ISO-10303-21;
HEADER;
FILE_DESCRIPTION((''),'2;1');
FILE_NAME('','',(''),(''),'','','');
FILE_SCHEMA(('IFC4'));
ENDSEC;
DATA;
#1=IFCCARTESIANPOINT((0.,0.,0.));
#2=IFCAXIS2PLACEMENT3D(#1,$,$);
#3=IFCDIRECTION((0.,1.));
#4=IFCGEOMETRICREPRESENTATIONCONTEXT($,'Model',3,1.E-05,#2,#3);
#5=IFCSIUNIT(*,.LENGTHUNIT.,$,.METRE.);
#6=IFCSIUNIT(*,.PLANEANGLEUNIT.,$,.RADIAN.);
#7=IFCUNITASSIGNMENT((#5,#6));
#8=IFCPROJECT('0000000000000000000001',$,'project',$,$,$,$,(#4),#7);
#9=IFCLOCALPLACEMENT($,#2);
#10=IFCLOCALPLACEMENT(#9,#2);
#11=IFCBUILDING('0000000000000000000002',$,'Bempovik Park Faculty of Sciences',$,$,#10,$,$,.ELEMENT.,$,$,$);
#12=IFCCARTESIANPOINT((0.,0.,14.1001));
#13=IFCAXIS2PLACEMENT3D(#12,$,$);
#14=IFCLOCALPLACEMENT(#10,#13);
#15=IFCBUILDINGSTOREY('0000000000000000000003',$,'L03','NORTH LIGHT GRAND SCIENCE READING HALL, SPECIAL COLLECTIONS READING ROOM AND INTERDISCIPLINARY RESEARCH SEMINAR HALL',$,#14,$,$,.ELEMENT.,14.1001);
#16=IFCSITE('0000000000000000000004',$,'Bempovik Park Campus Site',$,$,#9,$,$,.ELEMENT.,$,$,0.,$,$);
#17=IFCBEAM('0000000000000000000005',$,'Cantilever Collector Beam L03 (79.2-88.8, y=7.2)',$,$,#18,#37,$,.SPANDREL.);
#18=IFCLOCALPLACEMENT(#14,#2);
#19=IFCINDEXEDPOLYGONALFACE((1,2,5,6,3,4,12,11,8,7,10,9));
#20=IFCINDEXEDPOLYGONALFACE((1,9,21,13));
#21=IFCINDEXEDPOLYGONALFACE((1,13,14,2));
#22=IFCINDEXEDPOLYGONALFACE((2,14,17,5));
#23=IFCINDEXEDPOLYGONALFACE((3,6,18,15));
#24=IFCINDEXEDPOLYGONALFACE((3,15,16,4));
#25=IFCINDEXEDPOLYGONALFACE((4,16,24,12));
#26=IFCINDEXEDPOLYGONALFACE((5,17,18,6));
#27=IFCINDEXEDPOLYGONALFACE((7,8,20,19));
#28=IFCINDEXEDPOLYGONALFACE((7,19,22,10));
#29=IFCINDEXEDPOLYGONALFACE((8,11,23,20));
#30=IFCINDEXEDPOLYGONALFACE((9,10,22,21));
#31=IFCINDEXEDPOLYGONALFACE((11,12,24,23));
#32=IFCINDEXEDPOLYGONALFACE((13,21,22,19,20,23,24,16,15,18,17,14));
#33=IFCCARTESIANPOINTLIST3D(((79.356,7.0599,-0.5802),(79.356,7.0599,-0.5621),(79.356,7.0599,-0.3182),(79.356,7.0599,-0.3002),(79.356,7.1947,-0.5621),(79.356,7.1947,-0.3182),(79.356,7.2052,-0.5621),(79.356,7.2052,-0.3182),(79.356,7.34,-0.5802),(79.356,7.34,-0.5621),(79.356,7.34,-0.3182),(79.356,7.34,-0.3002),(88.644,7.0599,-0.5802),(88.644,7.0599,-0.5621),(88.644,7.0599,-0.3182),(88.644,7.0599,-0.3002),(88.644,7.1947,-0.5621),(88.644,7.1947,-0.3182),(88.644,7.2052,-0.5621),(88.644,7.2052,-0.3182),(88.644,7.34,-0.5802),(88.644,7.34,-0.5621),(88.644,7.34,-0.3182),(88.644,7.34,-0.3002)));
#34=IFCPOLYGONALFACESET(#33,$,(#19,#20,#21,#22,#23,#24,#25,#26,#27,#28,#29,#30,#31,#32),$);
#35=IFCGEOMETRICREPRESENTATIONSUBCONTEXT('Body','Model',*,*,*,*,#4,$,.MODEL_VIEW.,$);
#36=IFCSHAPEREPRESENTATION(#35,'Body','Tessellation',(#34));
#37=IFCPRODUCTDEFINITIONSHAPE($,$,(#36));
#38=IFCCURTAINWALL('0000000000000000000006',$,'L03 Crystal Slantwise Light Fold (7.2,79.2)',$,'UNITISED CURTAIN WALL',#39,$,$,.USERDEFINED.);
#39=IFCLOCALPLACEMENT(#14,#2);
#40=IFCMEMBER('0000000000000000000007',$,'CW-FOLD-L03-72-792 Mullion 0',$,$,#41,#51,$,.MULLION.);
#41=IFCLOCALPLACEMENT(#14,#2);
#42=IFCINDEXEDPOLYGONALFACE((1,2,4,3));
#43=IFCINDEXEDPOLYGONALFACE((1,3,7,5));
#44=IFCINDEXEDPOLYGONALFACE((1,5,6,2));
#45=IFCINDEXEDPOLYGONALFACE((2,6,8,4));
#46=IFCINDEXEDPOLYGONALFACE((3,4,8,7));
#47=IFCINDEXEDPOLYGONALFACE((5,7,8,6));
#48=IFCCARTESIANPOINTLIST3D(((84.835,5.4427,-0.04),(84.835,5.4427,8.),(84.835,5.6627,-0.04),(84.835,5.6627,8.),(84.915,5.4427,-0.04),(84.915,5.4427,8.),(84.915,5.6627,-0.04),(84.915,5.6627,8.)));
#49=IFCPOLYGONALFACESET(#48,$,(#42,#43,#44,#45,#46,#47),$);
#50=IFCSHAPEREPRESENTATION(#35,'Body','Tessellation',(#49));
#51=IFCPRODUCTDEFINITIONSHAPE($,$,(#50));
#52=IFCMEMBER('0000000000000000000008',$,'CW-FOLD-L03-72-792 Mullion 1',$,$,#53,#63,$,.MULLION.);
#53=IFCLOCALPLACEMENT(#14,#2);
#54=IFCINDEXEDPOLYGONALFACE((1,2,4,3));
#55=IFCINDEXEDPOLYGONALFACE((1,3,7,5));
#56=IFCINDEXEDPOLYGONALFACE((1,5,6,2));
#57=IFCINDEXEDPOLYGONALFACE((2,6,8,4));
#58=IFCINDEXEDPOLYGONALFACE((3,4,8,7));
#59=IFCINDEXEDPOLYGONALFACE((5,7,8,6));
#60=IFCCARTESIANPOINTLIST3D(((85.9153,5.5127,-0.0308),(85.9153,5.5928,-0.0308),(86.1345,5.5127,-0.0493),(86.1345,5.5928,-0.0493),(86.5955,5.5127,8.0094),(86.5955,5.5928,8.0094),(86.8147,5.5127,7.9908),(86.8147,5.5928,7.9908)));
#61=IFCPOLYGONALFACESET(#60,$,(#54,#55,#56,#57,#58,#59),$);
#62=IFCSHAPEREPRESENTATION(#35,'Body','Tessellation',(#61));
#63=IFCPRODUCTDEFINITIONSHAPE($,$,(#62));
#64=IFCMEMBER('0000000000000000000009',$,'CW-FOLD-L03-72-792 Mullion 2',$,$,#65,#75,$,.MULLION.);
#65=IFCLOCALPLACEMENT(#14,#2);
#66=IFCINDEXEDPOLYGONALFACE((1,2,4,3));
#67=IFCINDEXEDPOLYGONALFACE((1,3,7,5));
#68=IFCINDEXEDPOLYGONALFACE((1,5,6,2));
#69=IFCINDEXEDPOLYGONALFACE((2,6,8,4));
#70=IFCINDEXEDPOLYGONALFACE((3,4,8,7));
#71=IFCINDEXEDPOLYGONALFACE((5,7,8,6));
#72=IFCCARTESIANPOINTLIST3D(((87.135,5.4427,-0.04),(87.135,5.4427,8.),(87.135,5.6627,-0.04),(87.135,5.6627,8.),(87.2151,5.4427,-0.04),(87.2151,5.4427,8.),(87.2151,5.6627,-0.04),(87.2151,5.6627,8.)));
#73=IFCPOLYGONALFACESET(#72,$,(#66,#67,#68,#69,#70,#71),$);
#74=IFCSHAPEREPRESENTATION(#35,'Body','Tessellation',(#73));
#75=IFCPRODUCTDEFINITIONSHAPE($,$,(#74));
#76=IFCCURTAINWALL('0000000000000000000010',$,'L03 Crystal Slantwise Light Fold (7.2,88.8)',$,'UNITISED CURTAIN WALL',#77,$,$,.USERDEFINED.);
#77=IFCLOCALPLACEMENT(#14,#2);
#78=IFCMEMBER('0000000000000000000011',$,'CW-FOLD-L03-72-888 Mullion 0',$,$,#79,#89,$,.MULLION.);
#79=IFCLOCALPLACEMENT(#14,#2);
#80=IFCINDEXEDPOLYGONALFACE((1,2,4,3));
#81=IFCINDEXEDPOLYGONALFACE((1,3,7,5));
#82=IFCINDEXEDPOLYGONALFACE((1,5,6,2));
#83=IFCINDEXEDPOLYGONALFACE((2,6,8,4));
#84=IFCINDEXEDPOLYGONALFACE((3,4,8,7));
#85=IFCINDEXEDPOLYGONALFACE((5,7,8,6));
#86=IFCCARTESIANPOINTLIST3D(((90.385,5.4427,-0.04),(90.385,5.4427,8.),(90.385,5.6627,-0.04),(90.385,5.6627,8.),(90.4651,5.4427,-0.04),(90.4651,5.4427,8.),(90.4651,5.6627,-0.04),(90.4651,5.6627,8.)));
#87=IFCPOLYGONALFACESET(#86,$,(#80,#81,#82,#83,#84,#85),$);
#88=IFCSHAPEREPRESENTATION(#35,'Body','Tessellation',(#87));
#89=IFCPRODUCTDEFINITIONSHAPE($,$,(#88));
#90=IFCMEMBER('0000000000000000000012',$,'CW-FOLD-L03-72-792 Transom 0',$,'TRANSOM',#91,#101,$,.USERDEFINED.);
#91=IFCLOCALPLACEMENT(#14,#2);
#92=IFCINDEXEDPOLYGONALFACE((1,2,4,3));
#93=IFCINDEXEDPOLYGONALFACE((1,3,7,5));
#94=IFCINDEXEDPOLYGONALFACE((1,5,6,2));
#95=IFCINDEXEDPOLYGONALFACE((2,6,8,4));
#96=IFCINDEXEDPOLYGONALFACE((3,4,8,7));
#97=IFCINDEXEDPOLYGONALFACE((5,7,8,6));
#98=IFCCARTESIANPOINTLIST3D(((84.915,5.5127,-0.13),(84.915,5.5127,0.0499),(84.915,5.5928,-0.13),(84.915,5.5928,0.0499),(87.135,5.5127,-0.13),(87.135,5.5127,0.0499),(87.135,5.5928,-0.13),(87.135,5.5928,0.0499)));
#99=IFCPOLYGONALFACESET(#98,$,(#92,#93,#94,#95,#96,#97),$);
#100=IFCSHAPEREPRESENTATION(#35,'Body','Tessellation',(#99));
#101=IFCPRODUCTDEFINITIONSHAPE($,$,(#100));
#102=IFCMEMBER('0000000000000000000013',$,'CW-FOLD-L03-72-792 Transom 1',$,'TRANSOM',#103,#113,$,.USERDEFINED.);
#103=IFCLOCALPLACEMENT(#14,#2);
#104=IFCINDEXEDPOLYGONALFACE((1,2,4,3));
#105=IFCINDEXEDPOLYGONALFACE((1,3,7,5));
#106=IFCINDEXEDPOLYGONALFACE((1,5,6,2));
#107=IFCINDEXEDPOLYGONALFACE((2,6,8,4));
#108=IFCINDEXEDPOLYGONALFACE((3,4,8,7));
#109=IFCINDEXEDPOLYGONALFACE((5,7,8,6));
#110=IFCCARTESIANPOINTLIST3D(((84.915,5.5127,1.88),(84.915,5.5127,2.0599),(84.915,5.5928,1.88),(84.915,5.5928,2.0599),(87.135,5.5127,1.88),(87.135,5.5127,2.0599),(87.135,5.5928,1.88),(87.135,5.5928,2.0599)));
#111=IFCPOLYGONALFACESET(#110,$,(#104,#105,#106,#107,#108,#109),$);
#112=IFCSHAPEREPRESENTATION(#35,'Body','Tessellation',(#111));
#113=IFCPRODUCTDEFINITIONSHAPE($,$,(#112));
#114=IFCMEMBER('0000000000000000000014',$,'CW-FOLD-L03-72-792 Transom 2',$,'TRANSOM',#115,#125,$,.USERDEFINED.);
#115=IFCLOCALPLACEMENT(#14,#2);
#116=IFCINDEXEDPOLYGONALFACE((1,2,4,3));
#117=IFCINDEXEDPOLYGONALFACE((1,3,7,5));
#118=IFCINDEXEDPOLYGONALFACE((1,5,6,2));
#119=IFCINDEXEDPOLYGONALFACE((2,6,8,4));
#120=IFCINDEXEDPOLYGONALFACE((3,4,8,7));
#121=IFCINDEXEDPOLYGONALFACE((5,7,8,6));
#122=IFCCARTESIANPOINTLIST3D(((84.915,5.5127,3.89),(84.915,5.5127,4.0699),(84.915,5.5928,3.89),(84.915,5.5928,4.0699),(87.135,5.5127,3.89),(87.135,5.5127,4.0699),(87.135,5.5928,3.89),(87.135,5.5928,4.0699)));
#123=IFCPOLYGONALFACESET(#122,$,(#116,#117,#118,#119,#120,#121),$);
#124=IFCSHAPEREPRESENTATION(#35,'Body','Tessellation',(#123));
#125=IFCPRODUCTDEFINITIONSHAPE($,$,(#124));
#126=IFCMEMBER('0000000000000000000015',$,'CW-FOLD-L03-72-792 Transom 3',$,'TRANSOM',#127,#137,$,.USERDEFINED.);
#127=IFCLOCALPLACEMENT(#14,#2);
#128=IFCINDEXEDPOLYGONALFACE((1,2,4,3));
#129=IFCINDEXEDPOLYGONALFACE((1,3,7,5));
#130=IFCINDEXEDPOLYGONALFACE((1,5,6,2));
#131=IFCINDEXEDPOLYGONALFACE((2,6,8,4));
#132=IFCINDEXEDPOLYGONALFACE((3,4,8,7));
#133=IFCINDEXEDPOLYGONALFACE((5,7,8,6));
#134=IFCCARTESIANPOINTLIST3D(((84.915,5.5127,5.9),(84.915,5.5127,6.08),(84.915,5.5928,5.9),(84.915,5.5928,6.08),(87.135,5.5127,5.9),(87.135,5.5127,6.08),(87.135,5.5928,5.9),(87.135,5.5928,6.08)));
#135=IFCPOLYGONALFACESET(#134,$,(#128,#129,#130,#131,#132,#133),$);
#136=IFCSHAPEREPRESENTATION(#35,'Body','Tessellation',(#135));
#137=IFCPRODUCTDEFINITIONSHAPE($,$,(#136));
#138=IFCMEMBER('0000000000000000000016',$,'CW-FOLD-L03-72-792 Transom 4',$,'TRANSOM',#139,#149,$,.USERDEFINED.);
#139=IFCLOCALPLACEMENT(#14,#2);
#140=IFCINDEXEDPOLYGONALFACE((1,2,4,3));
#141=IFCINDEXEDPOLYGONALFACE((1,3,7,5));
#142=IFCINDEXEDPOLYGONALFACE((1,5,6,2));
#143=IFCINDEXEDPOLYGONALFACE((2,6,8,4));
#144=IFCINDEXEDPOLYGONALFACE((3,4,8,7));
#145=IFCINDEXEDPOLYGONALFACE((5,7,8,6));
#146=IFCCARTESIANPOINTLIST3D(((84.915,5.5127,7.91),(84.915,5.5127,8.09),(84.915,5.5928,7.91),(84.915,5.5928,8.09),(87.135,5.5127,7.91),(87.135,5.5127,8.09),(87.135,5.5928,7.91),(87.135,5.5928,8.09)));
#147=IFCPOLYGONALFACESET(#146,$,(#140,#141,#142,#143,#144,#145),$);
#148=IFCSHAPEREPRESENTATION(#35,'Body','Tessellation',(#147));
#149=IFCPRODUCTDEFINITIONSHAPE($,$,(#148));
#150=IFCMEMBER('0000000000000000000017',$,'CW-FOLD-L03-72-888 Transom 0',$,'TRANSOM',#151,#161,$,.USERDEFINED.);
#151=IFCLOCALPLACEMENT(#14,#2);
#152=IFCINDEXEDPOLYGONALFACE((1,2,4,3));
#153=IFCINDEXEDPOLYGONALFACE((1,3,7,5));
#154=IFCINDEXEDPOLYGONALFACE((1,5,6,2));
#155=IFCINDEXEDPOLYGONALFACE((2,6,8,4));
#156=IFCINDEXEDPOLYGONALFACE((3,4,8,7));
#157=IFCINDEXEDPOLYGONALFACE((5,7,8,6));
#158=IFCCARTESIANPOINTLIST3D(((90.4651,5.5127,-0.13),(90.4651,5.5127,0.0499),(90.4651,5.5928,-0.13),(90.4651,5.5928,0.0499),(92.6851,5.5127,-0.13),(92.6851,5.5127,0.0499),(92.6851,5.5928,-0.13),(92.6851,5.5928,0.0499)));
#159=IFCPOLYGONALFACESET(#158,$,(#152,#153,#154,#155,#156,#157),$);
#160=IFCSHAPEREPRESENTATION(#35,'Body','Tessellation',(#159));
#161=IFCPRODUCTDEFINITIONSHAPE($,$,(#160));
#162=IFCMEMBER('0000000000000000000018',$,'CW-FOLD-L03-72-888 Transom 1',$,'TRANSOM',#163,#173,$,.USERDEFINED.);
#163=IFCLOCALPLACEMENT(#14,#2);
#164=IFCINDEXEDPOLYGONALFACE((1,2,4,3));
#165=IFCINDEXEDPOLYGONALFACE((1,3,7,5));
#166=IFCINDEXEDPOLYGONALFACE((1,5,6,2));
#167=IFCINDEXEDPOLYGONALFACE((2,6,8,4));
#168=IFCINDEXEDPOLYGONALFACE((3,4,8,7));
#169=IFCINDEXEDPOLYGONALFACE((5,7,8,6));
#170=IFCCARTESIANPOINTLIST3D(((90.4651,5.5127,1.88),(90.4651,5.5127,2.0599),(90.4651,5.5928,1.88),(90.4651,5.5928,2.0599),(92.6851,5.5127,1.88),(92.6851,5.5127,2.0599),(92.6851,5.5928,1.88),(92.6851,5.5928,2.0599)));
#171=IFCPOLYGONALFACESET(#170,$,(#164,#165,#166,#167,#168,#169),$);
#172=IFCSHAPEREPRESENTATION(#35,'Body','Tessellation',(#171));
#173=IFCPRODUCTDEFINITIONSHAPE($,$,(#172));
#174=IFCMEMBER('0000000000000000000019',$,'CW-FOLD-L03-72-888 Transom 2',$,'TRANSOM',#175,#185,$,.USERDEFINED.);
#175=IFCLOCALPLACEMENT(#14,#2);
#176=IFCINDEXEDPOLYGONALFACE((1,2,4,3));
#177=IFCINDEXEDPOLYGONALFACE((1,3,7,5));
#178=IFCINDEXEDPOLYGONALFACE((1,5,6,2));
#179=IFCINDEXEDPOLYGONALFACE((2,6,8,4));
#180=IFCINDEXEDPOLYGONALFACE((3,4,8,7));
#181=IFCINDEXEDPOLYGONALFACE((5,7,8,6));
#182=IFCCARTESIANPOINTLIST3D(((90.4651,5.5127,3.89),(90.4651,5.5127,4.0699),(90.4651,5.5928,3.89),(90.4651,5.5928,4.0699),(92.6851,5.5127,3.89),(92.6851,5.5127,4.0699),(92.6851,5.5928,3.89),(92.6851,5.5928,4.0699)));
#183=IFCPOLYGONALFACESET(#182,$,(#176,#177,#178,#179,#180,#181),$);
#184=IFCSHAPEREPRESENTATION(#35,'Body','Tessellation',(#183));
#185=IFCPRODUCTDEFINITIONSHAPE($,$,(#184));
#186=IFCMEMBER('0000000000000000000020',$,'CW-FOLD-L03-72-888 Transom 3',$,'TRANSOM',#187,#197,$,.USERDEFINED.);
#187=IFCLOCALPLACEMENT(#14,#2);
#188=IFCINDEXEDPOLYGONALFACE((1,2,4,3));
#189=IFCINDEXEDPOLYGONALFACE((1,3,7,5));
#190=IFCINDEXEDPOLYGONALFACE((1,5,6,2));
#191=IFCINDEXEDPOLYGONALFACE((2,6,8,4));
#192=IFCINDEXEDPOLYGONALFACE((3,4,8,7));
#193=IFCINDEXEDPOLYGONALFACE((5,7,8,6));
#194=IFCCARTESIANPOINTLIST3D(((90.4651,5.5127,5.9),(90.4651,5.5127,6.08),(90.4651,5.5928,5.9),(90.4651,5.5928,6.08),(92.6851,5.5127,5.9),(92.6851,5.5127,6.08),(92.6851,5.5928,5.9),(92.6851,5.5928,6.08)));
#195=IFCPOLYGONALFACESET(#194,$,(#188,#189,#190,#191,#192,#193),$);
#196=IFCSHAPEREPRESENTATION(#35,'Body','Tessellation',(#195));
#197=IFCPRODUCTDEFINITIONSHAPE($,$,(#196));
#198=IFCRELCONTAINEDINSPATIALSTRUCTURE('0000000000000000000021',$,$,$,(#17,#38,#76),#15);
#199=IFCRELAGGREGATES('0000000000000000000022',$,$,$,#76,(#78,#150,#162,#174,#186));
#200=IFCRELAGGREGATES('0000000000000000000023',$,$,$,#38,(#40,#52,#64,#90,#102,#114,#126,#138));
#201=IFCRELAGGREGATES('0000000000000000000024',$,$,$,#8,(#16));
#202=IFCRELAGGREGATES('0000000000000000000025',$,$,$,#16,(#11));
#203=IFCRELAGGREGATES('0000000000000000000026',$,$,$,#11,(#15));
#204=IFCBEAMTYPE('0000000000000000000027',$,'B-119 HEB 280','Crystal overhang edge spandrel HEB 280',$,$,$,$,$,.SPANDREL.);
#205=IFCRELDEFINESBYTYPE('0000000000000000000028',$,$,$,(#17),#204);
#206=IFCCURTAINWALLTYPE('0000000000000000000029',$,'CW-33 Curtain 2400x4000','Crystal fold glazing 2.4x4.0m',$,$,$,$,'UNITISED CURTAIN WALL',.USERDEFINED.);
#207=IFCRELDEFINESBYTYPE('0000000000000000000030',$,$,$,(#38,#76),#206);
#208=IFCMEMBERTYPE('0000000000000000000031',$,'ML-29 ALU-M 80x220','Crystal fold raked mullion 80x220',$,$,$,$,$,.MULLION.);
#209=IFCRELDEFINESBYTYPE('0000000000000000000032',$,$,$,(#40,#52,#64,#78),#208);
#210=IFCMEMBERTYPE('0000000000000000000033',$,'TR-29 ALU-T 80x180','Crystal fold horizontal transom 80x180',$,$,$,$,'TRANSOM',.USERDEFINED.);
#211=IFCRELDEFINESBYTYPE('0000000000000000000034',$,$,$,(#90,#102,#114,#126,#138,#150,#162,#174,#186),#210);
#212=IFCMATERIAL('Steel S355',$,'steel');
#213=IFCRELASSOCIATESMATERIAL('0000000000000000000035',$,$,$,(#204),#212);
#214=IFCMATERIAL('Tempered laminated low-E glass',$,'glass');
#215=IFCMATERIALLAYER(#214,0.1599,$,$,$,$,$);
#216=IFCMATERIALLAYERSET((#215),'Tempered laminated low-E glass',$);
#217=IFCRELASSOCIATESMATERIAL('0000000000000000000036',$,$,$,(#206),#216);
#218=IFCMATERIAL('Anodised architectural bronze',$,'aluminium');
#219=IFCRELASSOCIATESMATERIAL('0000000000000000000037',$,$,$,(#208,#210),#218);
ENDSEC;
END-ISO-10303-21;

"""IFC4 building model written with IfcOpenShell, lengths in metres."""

from ifc_helpers import new_model, si_unit, direction, frame, origin, origin_2d, place, context, subcontext, project, spatial, rectangle, i_section, extrude, material, layer, layer_set, material_profile, profile_set, type_object, element, aggregate, save


model = new_model("IFC4")

# Units and contexts
model_context = context("Model", 3, precision=1e-05, world=origin(), true_north=direction((0.0, 1.0)))
body_context = subcontext(model_context, "Body", "Model", "MODEL_VIEW")
ifc_project = project(units=[si_unit("LENGTHUNIT", "METRE"), si_unit("PLANEANGLEUNIT", "RADIAN")], contexts=[model_context])

# Site, building, storey
site_placement = place(None, origin())
site = spatial("IfcSite", under=ifc_project, at=site_placement, Name="Bempovik Park Campus Site", CompositionType="ELEMENT", RefElevation=0.0)
building_placement = place(site_placement, origin())
building = spatial("IfcBuilding", under=site, at=building_placement, Name="Bempovik Park Faculty of Sciences", CompositionType="ELEMENT")
storey_placement = place(building_placement, frame((0.0, 0.0, 14.1001)))
storey = spatial("IfcBuildingStorey", under=building, at=storey_placement, Name="L03", Description="NORTH LIGHT GRAND SCIENCE READING HALL, SPECIAL COLLECTIONS READING ROOM AND INTERDISCIPLINARY RESEARCH SEMINAR HALL", CompositionType="ELEMENT", Elevation=14.1001)

# Beam
ifc_material_1 = material(Name="Steel S355", Category="steel")
ifc_material_profile_1 = material_profile(ifc_material_1, i_section(OverallWidth=0.28, OverallDepth=0.28, WebThickness=0.0105, FlangeThickness=0.0181, at=origin_2d()), Name="HEB 280")
ifc_profile_set_1 = profile_set([ifc_material_profile_1], Name="Steel S355")
beam_type = type_object("IfcBeamType", Name="B-119 HEB 280", Description="Crystal overhang edge spandrel HEB 280", PredefinedType="SPANDREL", material=ifc_profile_set_1)
beam_placement = place(storey_placement, frame((79.356, 7.2, -0.4402), z_axis=(1.0, 0.0, 0.0), x_axis=(0.0, 1.0, 0.0)))
element("IfcBeam", 1, at=beam_placement, inside=storey, type_object=beam_type, Name="Cantilever Collector Beam L03 (79.2-88.8, y=7.2)", PredefinedType="SPANDREL", context=body_context, shape_type="SweptSolid", body=[
    extrude(i_section(OverallWidth=0.28, OverallDepth=0.28, WebThickness=0.0105, FlangeThickness=0.0181, at=origin_2d()), origin(), (0.0, 0.0, 1.0), 9.2881),
])

# Curtain wall, members
ifc_material_2 = material(Name="Tempered laminated low-E glass", Category="glass")
ifc_layer_1 = layer(ifc_material_2, 0.1599)
ifc_layer_set_1 = layer_set([ifc_layer_1], Name="Tempered laminated low-E glass")
curtain_wall_type = type_object("IfcCurtainWallType", Name="CW-33 Curtain 2400x4000", Description="Crystal fold glazing 2.4x4.0m", ElementType="UNITISED CURTAIN WALL", PredefinedType="USERDEFINED", material=ifc_layer_set_1)
curtain_wall_1_placement = place(storey_placement, origin())
curtain_wall_1 = element("IfcCurtainWall", 2, at=curtain_wall_1_placement, inside=storey, type_object=curtain_wall_type, Name="L03 Crystal Slantwise Light Fold (7.2,79.2)", ObjectType="UNITISED CURTAIN WALL", PredefinedType="USERDEFINED")
ifc_material_3 = material(Name="Anodised architectural bronze", Category="aluminium")
ifc_material_profile_2 = material_profile(ifc_material_3, rectangle(XDim=0.0801, YDim=0.22, at=origin_2d()), Name="ALU-M 80x220")
ifc_profile_set_2 = profile_set([ifc_material_profile_2], Name="Anodised architectural bronze")
member_type_1 = type_object("IfcMemberType", Name="ML-29 ALU-M 80x220", Description="Crystal fold raked mullion 80x220", PredefinedType="MULLION", material=ifc_profile_set_2)
member_1_placement = place(storey_placement, frame((84.875, 5.5527, -0.04), z_axis=(0.0, 0.0, 1.0), x_axis=(1.0, 0.0, 0.0)))
member_1 = element("IfcMember", 3, at=member_1_placement, type_object=member_type_1, Name="CW-FOLD-L03-72-792 Mullion 0", PredefinedType="MULLION", context=body_context, shape_type="SweptSolid", body=[
    extrude(rectangle(XDim=0.0801, YDim=0.22, at=origin_2d()), origin(), (0.0, 0.0, 1.0), 8.04),
])
member_2_placement = place(storey_placement, frame((86.0249, 5.5527, -0.04), z_axis=(0.084297, 0.0, 0.996441), x_axis=(0.0, 1.0, 0.0)))
member_2 = element("IfcMember", 4, at=member_2_placement, type_object=member_type_1, Name="CW-FOLD-L03-72-792 Mullion 1", PredefinedType="MULLION", context=body_context, shape_type="SweptSolid", body=[
    extrude(rectangle(XDim=0.0801, YDim=0.22, at=origin_2d()), origin(), (0.0, 0.0, 1.0), 8.0688),
])
member_3_placement = place(storey_placement, frame((87.175, 5.5527, -0.04), z_axis=(0.0, 0.0, 1.0), x_axis=(1.0, 0.0, 0.0)))
member_3 = element("IfcMember", 5, at=member_3_placement, type_object=member_type_1, Name="CW-FOLD-L03-72-792 Mullion 2", PredefinedType="MULLION", context=body_context, shape_type="SweptSolid", body=[
    extrude(rectangle(XDim=0.0801, YDim=0.22, at=origin_2d()), origin(), (0.0, 0.0, 1.0), 8.04),
])

# Curtain wall, member
curtain_wall_2_placement = place(storey_placement, origin())
curtain_wall_2 = element("IfcCurtainWall", 6, at=curtain_wall_2_placement, inside=storey, type_object=curtain_wall_type, Name="L03 Crystal Slantwise Light Fold (7.2,88.8)", ObjectType="UNITISED CURTAIN WALL", PredefinedType="USERDEFINED")
member_4_placement = place(storey_placement, frame((90.425, 5.5527, -0.04), z_axis=(0.0, 0.0, 1.0), x_axis=(1.0, 0.0, 0.0)))
member_4 = element("IfcMember", 7, at=member_4_placement, type_object=member_type_1, Name="CW-FOLD-L03-72-888 Mullion 0", PredefinedType="MULLION", context=body_context, shape_type="SweptSolid", body=[
    extrude(rectangle(XDim=0.0801, YDim=0.22, at=origin_2d()), origin(), (0.0, 0.0, 1.0), 8.04),
])

# Members
ifc_material_profile_3 = material_profile(ifc_material_3, rectangle(XDim=0.0801, YDim=0.1799, at=origin_2d()), Name="ALU-T 80x180")
ifc_profile_set_3 = profile_set([ifc_material_profile_3], Name="Anodised architectural bronze")
member_type_2 = type_object("IfcMemberType", Name="TR-29 ALU-T 80x180", Description="Crystal fold horizontal transom 80x180", ElementType="TRANSOM", PredefinedType="USERDEFINED", material=ifc_profile_set_3)
member_5_placement = place(storey_placement, frame((84.915, 5.5527, -0.04), z_axis=(1.0, 0.0, 0.0), x_axis=(0.0, 1.0, 0.0)))
member_5 = element("IfcMember", 8, at=member_5_placement, type_object=member_type_2, Name="CW-FOLD-L03-72-792 Transom 0", ObjectType="TRANSOM", PredefinedType="USERDEFINED", context=body_context, shape_type="SweptSolid", body=[
    extrude(rectangle(XDim=0.0801, YDim=0.1799, at=origin_2d()), origin(), (0.0, 0.0, 1.0), 2.22),
])
member_6_placement = place(storey_placement, frame((84.915, 5.5527, 1.97), z_axis=(1.0, 0.0, 0.0), x_axis=(0.0, 1.0, 0.0)))
member_6 = element("IfcMember", 9, at=member_6_placement, type_object=member_type_2, Name="CW-FOLD-L03-72-792 Transom 1", ObjectType="TRANSOM", PredefinedType="USERDEFINED", context=body_context, shape_type="SweptSolid", body=[
    extrude(rectangle(XDim=0.0801, YDim=0.1799, at=origin_2d()), origin(), (0.0, 0.0, 1.0), 2.22),
])
member_7_placement = place(storey_placement, frame((84.915, 5.5527, 3.98), z_axis=(1.0, 0.0, 0.0), x_axis=(0.0, 1.0, 0.0)))
member_7 = element("IfcMember", 10, at=member_7_placement, type_object=member_type_2, Name="CW-FOLD-L03-72-792 Transom 2", ObjectType="TRANSOM", PredefinedType="USERDEFINED", context=body_context, shape_type="SweptSolid", body=[
    extrude(rectangle(XDim=0.0801, YDim=0.1799, at=origin_2d()), origin(), (0.0, 0.0, 1.0), 2.22),
])
member_8_placement = place(storey_placement, frame((84.915, 5.5527, 5.99), z_axis=(1.0, 0.0, 0.0), x_axis=(0.0, 1.0, 0.0)))
member_8 = element("IfcMember", 11, at=member_8_placement, type_object=member_type_2, Name="CW-FOLD-L03-72-792 Transom 3", ObjectType="TRANSOM", PredefinedType="USERDEFINED", context=body_context, shape_type="SweptSolid", body=[
    extrude(rectangle(XDim=0.0801, YDim=0.1799, at=origin_2d()), origin(), (0.0, 0.0, 1.0), 2.22),
])
member_9_placement = place(storey_placement, frame((84.915, 5.5527, 8.0), z_axis=(1.0, 0.0, 0.0), x_axis=(0.0, 1.0, 0.0)))
member_9 = element("IfcMember", 12, at=member_9_placement, type_object=member_type_2, Name="CW-FOLD-L03-72-792 Transom 4", ObjectType="TRANSOM", PredefinedType="USERDEFINED", context=body_context, shape_type="SweptSolid", body=[
    extrude(rectangle(XDim=0.0801, YDim=0.1799, at=origin_2d()), origin(), (0.0, 0.0, 1.0), 2.22),
])
member_10_placement = place(storey_placement, frame((90.4651, 5.5527, -0.04), z_axis=(1.0, 0.0, 0.0), x_axis=(0.0, 1.0, 0.0)))
member_10 = element("IfcMember", 13, at=member_10_placement, type_object=member_type_2, Name="CW-FOLD-L03-72-888 Transom 0", ObjectType="TRANSOM", PredefinedType="USERDEFINED", context=body_context, shape_type="SweptSolid", body=[
    extrude(rectangle(XDim=0.0801, YDim=0.1799, at=origin_2d()), origin(), (0.0, 0.0, 1.0), 2.22),
])
member_11_placement = place(storey_placement, frame((90.4651, 5.5527, 1.97), z_axis=(1.0, 0.0, 0.0), x_axis=(0.0, 1.0, 0.0)))
member_11 = element("IfcMember", 14, at=member_11_placement, type_object=member_type_2, Name="CW-FOLD-L03-72-888 Transom 1", ObjectType="TRANSOM", PredefinedType="USERDEFINED", context=body_context, shape_type="SweptSolid", body=[
    extrude(rectangle(XDim=0.0801, YDim=0.1799, at=origin_2d()), origin(), (0.0, 0.0, 1.0), 2.22),
])
member_12_placement = place(storey_placement, frame((90.4651, 5.5527, 3.98), z_axis=(1.0, 0.0, 0.0), x_axis=(0.0, 1.0, 0.0)))
member_12 = element("IfcMember", 15, at=member_12_placement, type_object=member_type_2, Name="CW-FOLD-L03-72-888 Transom 2", ObjectType="TRANSOM", PredefinedType="USERDEFINED", context=body_context, shape_type="SweptSolid", body=[
    extrude(rectangle(XDim=0.0801, YDim=0.1799, at=origin_2d()), origin(), (0.0, 0.0, 1.0), 2.22),
])
member_13_placement = place(storey_placement, frame((90.4651, 5.5527, 5.99), z_axis=(1.0, 0.0, 0.0), x_axis=(0.0, 1.0, 0.0)))
member_13 = element("IfcMember", 16, at=member_13_placement, type_object=member_type_2, Name="CW-FOLD-L03-72-888 Transom 3", ObjectType="TRANSOM", PredefinedType="USERDEFINED", context=body_context, shape_type="SweptSolid", body=[
    extrude(rectangle(XDim=0.0801, YDim=0.1799, at=origin_2d()), origin(), (0.0, 0.0, 1.0), 2.22),
])
aggregate(curtain_wall_2, [member_4, member_10, member_11, member_12, member_13])

aggregate(curtain_wall_1, [member_1, member_2, member_3, member_5, member_6, member_7, member_8, member_9])

save(model, "model.ifc")
